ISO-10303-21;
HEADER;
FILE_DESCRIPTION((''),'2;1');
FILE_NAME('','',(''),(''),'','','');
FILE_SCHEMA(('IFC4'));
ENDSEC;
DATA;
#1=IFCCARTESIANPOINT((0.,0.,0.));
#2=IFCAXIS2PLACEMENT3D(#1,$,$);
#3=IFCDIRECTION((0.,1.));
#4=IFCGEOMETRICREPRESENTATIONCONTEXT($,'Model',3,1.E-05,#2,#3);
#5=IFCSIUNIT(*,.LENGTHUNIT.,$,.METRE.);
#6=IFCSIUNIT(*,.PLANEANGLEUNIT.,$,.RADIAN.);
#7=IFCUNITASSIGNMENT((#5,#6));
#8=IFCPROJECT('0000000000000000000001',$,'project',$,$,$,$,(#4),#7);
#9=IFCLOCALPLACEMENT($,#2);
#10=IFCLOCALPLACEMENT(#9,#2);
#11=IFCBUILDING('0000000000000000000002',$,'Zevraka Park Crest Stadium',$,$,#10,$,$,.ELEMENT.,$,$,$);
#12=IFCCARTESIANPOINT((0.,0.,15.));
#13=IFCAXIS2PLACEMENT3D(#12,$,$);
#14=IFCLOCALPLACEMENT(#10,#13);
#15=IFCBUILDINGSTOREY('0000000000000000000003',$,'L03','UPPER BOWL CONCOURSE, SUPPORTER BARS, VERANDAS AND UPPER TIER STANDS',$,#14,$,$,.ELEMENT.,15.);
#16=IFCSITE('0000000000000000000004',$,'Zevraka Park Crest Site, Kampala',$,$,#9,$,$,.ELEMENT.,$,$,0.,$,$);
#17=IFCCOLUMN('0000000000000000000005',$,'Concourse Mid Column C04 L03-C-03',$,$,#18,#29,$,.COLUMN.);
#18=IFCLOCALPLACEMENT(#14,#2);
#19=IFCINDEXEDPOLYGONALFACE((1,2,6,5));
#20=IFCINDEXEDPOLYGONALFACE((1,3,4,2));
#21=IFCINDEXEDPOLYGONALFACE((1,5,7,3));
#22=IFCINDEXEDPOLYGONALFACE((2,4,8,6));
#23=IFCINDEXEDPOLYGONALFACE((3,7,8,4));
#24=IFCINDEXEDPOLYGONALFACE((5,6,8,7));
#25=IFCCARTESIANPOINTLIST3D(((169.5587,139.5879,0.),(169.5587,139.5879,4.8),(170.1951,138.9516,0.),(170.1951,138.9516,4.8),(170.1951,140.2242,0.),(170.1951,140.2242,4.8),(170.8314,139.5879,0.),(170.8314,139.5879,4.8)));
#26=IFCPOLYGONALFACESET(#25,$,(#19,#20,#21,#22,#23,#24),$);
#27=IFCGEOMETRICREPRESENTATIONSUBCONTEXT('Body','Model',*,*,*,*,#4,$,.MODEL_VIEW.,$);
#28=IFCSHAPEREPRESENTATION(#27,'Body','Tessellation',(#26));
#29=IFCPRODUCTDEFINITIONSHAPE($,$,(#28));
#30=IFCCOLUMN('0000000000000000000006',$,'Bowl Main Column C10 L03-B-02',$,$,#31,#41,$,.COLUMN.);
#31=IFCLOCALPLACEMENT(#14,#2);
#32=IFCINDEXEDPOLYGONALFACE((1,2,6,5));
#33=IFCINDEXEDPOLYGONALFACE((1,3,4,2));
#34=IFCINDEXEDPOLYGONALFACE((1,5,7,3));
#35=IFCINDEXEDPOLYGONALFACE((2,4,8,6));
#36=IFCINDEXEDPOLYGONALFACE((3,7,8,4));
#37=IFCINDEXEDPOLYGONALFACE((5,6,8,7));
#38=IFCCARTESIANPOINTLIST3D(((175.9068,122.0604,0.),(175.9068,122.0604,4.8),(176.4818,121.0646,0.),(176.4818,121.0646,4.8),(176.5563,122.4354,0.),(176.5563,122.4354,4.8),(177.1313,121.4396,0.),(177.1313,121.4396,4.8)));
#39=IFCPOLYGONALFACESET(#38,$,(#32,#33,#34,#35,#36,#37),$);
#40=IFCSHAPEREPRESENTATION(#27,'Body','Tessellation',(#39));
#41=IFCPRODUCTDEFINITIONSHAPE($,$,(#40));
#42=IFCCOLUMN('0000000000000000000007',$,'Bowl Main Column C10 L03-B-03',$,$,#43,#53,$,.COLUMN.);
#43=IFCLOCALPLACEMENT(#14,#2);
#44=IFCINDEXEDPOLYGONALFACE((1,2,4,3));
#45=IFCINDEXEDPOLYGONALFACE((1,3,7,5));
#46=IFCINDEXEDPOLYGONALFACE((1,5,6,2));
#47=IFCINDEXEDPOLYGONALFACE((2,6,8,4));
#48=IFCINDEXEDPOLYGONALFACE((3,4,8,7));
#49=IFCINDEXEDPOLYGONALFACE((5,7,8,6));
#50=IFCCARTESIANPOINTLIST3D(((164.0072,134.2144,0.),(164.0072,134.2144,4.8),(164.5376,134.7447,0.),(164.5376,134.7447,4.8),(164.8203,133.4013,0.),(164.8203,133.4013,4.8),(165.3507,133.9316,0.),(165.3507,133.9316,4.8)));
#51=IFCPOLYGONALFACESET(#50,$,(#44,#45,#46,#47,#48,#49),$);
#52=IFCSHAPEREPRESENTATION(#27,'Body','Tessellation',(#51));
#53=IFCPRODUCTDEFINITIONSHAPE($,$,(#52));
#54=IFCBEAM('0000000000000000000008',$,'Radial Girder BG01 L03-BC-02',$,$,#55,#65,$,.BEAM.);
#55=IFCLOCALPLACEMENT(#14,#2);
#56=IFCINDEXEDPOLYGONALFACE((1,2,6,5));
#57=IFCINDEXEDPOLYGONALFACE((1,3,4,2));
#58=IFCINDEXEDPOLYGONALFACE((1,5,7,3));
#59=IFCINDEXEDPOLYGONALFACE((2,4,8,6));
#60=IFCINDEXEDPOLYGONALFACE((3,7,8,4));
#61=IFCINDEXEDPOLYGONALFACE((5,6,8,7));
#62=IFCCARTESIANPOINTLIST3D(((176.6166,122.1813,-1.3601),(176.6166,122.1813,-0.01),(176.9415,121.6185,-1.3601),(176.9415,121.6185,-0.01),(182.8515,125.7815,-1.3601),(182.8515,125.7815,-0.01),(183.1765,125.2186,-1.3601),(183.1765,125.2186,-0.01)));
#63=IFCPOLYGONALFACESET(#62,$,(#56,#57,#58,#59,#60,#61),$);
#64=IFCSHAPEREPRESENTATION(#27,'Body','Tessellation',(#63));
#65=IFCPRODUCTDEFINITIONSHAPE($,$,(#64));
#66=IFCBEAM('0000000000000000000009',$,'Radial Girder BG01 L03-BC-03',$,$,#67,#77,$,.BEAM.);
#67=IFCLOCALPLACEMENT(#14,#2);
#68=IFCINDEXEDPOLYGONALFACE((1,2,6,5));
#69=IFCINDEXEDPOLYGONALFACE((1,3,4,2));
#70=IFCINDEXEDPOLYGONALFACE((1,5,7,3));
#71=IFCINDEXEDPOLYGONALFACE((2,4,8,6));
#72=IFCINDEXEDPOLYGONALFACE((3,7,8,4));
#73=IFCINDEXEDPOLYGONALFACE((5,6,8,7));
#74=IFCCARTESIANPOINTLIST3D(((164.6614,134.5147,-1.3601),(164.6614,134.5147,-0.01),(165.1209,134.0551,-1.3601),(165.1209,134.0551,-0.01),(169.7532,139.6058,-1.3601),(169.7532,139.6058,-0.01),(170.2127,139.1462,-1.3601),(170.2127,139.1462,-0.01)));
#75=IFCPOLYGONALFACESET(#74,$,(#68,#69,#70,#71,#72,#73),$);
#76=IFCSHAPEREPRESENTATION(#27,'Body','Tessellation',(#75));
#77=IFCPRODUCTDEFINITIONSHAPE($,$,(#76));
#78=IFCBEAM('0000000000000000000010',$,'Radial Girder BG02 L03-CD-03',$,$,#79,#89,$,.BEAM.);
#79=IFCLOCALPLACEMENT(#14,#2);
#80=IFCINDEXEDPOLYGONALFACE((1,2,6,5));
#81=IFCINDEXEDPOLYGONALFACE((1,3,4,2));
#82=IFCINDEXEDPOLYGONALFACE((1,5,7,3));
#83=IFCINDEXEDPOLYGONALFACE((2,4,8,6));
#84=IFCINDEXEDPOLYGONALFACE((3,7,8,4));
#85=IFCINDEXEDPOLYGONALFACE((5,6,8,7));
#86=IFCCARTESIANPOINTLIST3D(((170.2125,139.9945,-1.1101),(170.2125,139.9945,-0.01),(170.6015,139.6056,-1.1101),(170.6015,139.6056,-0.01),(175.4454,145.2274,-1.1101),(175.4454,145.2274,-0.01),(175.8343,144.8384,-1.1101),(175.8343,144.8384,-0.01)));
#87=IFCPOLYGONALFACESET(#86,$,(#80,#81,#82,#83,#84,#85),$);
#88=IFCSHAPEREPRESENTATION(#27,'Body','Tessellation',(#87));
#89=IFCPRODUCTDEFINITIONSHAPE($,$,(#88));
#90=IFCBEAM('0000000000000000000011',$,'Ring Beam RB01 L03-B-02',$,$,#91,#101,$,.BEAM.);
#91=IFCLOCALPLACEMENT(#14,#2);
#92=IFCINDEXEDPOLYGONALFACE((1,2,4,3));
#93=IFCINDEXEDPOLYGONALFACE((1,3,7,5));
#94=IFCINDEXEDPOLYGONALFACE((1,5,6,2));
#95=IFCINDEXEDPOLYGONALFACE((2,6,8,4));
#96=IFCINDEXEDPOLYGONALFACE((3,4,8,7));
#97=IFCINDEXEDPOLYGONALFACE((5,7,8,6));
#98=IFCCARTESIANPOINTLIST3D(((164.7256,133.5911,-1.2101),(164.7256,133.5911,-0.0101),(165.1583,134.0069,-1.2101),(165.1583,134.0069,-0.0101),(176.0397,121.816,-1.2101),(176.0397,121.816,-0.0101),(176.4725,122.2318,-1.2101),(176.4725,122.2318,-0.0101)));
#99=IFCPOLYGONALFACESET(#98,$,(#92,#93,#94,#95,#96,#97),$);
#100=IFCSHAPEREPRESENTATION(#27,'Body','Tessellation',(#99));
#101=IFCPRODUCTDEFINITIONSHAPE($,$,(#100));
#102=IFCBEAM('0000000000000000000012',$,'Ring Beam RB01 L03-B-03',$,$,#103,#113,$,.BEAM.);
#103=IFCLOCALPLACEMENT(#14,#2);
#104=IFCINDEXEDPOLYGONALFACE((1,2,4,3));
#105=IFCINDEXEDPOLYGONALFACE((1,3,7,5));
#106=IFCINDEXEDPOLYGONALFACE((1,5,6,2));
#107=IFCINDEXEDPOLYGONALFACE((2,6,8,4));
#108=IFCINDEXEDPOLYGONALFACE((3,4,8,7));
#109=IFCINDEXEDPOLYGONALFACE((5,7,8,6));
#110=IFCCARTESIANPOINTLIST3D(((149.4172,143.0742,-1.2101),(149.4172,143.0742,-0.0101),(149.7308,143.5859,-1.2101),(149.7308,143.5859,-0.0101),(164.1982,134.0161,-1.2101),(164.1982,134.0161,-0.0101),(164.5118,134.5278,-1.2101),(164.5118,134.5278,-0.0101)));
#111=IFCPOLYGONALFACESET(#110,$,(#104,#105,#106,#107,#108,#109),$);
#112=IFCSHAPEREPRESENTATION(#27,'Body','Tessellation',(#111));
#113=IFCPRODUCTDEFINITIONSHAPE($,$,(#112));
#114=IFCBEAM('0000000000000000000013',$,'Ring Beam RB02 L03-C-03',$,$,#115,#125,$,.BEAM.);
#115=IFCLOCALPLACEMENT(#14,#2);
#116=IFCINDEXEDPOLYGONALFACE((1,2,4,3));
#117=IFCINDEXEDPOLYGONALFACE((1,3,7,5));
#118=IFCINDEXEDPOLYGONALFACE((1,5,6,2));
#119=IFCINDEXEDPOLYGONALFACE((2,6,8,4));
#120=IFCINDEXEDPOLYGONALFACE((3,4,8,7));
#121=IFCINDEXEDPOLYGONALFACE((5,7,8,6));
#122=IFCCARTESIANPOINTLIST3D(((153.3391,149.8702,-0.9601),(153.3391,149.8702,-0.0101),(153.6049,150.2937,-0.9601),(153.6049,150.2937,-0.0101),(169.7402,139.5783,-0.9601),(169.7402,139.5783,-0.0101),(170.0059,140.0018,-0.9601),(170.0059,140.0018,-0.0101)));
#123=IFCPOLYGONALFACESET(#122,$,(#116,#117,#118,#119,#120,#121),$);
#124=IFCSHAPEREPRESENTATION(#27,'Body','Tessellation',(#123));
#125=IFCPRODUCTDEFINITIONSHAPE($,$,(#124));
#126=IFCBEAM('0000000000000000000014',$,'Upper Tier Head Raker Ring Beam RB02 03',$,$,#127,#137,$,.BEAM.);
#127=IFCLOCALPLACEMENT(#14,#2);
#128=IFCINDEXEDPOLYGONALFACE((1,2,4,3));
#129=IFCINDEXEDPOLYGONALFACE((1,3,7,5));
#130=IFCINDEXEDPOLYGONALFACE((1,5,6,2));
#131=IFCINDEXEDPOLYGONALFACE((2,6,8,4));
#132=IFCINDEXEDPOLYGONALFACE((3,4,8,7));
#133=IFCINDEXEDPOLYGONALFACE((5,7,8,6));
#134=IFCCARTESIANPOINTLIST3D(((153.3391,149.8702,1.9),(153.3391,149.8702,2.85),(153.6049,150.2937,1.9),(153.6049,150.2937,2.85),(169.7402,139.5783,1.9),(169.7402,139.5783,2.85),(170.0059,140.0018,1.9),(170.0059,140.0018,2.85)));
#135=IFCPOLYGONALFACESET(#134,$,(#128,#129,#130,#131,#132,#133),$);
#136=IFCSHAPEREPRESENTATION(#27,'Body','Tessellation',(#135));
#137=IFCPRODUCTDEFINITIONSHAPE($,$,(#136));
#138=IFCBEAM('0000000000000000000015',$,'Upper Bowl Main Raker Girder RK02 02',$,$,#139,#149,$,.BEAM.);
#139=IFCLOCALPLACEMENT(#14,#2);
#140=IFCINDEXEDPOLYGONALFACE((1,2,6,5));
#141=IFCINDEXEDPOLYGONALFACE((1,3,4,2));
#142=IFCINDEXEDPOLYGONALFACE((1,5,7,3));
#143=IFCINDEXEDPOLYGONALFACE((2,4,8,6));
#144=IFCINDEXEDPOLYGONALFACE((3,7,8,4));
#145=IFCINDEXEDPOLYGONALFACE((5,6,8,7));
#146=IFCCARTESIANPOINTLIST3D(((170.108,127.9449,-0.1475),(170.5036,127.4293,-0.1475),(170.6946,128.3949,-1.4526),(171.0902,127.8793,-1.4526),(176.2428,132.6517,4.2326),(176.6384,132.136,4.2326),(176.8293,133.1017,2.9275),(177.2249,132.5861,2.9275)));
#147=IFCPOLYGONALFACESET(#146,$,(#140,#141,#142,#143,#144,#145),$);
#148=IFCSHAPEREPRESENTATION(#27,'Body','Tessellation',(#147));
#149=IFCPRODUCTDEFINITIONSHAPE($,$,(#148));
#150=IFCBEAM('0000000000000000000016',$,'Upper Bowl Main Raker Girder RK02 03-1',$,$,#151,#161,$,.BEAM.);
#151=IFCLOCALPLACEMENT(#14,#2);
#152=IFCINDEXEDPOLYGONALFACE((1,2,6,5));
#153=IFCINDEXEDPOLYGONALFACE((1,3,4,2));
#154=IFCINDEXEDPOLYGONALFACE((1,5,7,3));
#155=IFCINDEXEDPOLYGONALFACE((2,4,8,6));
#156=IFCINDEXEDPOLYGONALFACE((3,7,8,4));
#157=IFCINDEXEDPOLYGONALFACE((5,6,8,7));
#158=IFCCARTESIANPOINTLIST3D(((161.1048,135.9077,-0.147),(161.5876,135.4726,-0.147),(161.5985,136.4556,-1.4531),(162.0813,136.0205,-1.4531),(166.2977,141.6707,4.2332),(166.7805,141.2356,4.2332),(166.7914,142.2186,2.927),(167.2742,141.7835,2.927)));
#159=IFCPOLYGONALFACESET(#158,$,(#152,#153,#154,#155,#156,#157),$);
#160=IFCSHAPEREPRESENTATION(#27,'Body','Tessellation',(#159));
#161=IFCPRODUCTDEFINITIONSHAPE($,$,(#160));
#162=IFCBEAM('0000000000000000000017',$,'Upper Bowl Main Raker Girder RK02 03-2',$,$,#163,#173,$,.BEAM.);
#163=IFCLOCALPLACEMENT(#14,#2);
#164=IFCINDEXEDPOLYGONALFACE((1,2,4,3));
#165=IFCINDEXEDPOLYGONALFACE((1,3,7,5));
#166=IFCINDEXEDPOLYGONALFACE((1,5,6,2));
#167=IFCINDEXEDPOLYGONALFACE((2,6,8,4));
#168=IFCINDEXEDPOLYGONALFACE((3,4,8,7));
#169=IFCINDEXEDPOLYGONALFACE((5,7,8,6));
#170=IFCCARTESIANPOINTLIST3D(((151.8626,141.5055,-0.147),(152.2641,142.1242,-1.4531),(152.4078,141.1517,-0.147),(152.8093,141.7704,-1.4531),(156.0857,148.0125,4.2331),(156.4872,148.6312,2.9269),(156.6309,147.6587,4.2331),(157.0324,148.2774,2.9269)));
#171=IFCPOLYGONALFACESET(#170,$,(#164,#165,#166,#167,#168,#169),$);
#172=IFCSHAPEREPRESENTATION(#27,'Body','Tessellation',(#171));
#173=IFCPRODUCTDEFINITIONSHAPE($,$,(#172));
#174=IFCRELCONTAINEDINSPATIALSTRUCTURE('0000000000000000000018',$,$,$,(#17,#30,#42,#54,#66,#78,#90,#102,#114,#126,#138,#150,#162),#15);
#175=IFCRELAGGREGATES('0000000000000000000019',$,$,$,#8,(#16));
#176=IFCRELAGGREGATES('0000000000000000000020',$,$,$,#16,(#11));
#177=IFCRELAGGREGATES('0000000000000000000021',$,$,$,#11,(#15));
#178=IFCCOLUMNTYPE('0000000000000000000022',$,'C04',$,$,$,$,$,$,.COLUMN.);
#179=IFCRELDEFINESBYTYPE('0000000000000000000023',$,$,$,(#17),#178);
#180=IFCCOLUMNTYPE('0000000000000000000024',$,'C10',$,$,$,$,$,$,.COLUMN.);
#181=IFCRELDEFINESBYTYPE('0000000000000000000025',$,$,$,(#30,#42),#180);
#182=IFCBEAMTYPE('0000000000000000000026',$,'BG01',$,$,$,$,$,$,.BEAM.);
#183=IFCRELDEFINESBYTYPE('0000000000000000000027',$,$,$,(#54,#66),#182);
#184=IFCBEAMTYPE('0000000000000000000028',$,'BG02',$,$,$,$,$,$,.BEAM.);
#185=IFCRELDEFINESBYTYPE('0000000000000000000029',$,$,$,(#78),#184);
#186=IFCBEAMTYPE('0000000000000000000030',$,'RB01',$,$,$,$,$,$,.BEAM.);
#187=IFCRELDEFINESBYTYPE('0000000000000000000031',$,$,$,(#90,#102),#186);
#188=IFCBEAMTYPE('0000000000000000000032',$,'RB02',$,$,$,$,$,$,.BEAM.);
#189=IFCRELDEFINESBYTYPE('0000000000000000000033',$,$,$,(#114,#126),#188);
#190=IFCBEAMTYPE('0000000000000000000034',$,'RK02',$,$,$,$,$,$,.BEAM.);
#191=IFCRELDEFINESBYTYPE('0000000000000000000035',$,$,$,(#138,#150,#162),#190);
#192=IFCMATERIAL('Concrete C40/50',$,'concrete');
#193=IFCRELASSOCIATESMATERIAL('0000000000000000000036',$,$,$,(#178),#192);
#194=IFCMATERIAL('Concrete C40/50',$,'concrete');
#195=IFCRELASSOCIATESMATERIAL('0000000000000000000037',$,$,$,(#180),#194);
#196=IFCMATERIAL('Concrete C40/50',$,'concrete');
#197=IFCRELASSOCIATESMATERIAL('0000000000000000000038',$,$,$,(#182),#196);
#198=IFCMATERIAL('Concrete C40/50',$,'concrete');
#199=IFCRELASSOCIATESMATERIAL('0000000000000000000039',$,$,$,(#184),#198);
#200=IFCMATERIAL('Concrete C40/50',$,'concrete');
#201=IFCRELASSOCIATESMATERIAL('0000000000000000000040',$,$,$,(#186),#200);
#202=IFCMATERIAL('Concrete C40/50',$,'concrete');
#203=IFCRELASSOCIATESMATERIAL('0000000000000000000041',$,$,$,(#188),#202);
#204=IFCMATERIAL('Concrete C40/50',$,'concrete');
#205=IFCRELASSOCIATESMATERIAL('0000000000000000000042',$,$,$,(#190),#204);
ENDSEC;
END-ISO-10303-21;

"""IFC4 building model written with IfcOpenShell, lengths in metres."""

from ifc_helpers import new_model, si_unit, direction, frame, origin, origin_2d, place, context, subcontext, project, spatial, rectangle, extrude, material, material_profile, profile_set, type_object, element, save


model = new_model("IFC4")

# Units and contexts
model_context = context("Model", 3, precision=1e-05, world=origin(), true_north=direction((0.0, 1.0)))
body_context = subcontext(model_context, "Body", "Model", "MODEL_VIEW")
ifc_project = project(units=[si_unit("LENGTHUNIT", "METRE"), si_unit("PLANEANGLEUNIT", "RADIAN")], contexts=[model_context])

# Site, building, storey
site_placement = place(None, origin())
site = spatial("IfcSite", under=ifc_project, at=site_placement, Name="Zevraka Park Crest Site, Kampala", CompositionType="ELEMENT", RefElevation=0.0)
building_placement = place(site_placement, origin())
building = spatial("IfcBuilding", under=site, at=building_placement, Name="Zevraka Park Crest Stadium", CompositionType="ELEMENT")
storey_placement = place(building_placement, frame((0.0, 0.0, 15.0)))
storey = spatial("IfcBuildingStorey", under=building, at=storey_placement, Name="L03", Description="UPPER BOWL CONCOURSE, SUPPORTER BARS, VERANDAS AND UPPER TIER STANDS", CompositionType="ELEMENT", Elevation=15.0)

# Columns
ifc_material_1 = material(Name="Concrete C40/50", Category="concrete")
ifc_material_profile_1 = material_profile(ifc_material_1, rectangle(XDim=0.8999, YDim=0.8999, at=origin_2d()), Name="RC 900x900")
ifc_profile_set_1 = profile_set([ifc_material_profile_1], Name="Concrete C40/50")
column_type_1 = type_object("IfcColumnType", Name="C04", PredefinedType="COLUMN", material=ifc_profile_set_1)
column_placement = place(storey_placement, frame((170.1951, 139.5879, 0.0), z_axis=(0.0, 0.0, 1.0), x_axis=(0.707107, 0.707107, 0.0)))
element("IfcColumn", 1, at=column_placement, inside=storey, type_object=column_type_1, Name="Concourse Mid Column C04 L03-C-03", PredefinedType="COLUMN", context=body_context, shape_type="SweptSolid", body=[
    extrude(rectangle(XDim=0.8999, YDim=0.8999, at=origin_2d()), origin(), (0.0, 0.0, 1.0), 4.8),
])
ifc_material_2 = material(Name="Concrete C40/50", Category="concrete")
ifc_material_profile_2 = material_profile(ifc_material_2, rectangle(XDim=0.75, YDim=1.1499, at=origin_2d()), Name="RC 1150x750")
ifc_profile_set_2 = profile_set([ifc_material_profile_2], Name="Concrete C40/50")
column_type_2 = type_object("IfcColumnType", Name="C10", PredefinedType="COLUMN", material=ifc_profile_set_2)
for number, where, z_axis, x_axis, name in (
    (2, (176.519, 121.75, 0.0), (0.0, 0.0, 1.0), (0.866025, 0.5, 0.0), "Bowl Main Column C10 L03-B-02"),
    (3, (164.679, 134.073, 0.0), (0.0, 0.0, 1.0), (0.707107, 0.707107, 0.0), "Bowl Main Column C10 L03-B-03"),
):
    element("IfcColumn", number, at=place(storey_placement, frame(where, z_axis=z_axis, x_axis=x_axis)), inside=storey, type_object=column_type_2, Name=name, PredefinedType="COLUMN", context=body_context, shape_type="SweptSolid", body=[
        extrude(rectangle(XDim=0.75, YDim=1.1499, at=origin_2d()), origin(), (0.0, 0.0, 1.0), 4.8),
    ])

# Beams
ifc_material_3 = material(Name="Concrete C40/50", Category="concrete")
ifc_material_profile_3 = material_profile(ifc_material_3, rectangle(XDim=0.6499, YDim=1.3501, at=origin_2d()), Name="RC 1350x650")
ifc_profile_set_3 = profile_set([ifc_material_profile_3], Name="Concrete C40/50")
beam_type_1 = type_object("IfcBeamType", Name="BG01", PredefinedType="BEAM", material=ifc_profile_set_3)
beam_1_placement = place(storey_placement, frame((176.7791, 121.8999, -0.6851), z_axis=(0.866001, 0.500041, 0.0), x_axis=(-0.500041, 0.866001, 0.0)))
element("IfcBeam", 4, at=beam_1_placement, inside=storey, type_object=beam_type_1, Name="Radial Girder BG01 L03-BC-02", PredefinedType="BEAM", context=body_context, shape_type="SweptSolid", body=[
    extrude(rectangle(XDim=0.6499, YDim=1.3501, at=origin_2d()), origin(), (0.0, 0.0, 1.0), 7.1997),
])
beam_2_placement = place(storey_placement, frame((164.8911, 134.2849, -0.6851), z_axis=(0.707158, 0.707056, 0.0), x_axis=(-0.707056, 0.707158, 0.0)))
element("IfcBeam", 5, at=beam_2_placement, inside=storey, type_object=beam_type_1, Name="Radial Girder BG01 L03-BC-03", PredefinedType="BEAM", context=body_context, shape_type="SweptSolid", body=[
    extrude(rectangle(XDim=0.6499, YDim=1.3501, at=origin_2d()), origin(), (0.0, 0.0, 1.0), 7.2004),
])
ifc_material_4 = material(Name="Concrete C40/50", Category="concrete")
ifc_material_profile_4 = material_profile(ifc_material_4, rectangle(XDim=0.55, YDim=1.1001, at=origin_2d()), Name="RC 1100x550")
ifc_profile_set_4 = profile_set([ifc_material_profile_4], Name="Concrete C40/50")
beam_type_2 = type_object("IfcBeamType", Name="BG02", PredefinedType="BEAM", material=ifc_profile_set_4)
beam_3_placement = place(storey_placement, frame((170.407, 139.8, -0.5601), z_axis=(0.707107, 0.707107, 0.0), x_axis=(-0.707107, 0.707107, 0.0)))
element("IfcBeam", 6, at=beam_3_placement, inside=storey, type_object=beam_type_2, Name="Radial Girder BG02 L03-CD-03", PredefinedType="BEAM", context=body_context, shape_type="SweptSolid", body=[
    extrude(rectangle(XDim=0.55, YDim=1.1001, at=origin_2d()), origin(), (0.0, 0.0, 1.0), 7.4004),
])
ifc_material_5 = material(Name="Concrete C40/50", Category="concrete")
ifc_material_profile_5 = material_profile(ifc_material_5, rectangle(XDim=0.6001, YDim=1.2, at=origin_2d()), Name="RC 1200x600")
ifc_profile_set_5 = profile_set([ifc_material_profile_5], Name="Concrete C40/50")
beam_type_3 = type_object("IfcBeamType", Name="RB01", PredefinedType="BEAM", material=ifc_profile_set_5)
beam_4_placement = place(storey_placement, frame((176.2561, 122.0239, -0.6101), z_axis=(-0.692853, 0.721079, 0.0), x_axis=(-0.721079, -0.692853, 0.0)))
element("IfcBeam", 7, at=beam_4_placement, inside=storey, type_object=beam_type_3, Name="Ring Beam RB01 L03-B-02", PredefinedType="BEAM", context=body_context, shape_type="SweptSolid", body=[
    extrude(rectangle(XDim=0.6001, YDim=1.2, at=origin_2d()), origin(), (0.0, 0.0, 1.0), 16.3298),
])
beam_5_placement = place(storey_placement, frame((164.355, 134.272, -0.6101), z_axis=(-0.852633, 0.522511, 0.0), x_axis=(-0.522511, -0.852633, 0.0)))
element("IfcBeam", 8, at=beam_5_placement, inside=storey, type_object=beam_type_3, Name="Ring Beam RB01 L03-B-03", PredefinedType="BEAM", context=body_context, shape_type="SweptSolid", body=[
    extrude(rectangle(XDim=0.6001, YDim=1.2, at=origin_2d()), origin(), (0.0, 0.0, 1.0), 17.3357),
])
ifc_material_6 = material(Name="Concrete C40/50", Category="concrete")
ifc_material_profile_6 = material_profile(ifc_material_6, rectangle(XDim=0.5, YDim=0.95, at=origin_2d()), Name="RC 950x500")
ifc_profile_set_6 = profile_set([ifc_material_profile_6], Name="Concrete C40/50")
beam_type_4 = type_object("IfcBeamType", Name="RB02", PredefinedType="BEAM", material=ifc_profile_set_6)
for number, where, z_axis, x_axis, name in (
    (9, (169.873, 139.79, -0.4851), (-0.847039, 0.531532, 0.0), (-0.531532, -0.847039, 0.0), "Ring Beam RB02 L03-C-03"),
    (10, (169.873, 139.79, 2.375), (-0.847039, 0.531532, 0.0), (-0.531532, -0.847039, 0.0), "Upper Tier Head Raker Ring Beam RB02 03"),
):
    element("IfcBeam", number, at=place(storey_placement, frame(where, z_axis=z_axis, x_axis=x_axis)), inside=storey, type_object=beam_type_4, Name=name, PredefinedType="BEAM", context=body_context, shape_type="SweptSolid", body=[
        extrude(rectangle(XDim=0.5, YDim=0.95, at=origin_2d()), origin(), (0.0, 0.0, 1.0), 19.3628),
    ])
ifc_material_7 = material(Name="Concrete C40/50", Category="concrete")
ifc_material_profile_7 = material_profile(ifc_material_7, rectangle(XDim=0.6499, YDim=1.5, at=origin_2d()), Name="RC 1500x650")
ifc_profile_set_7 = profile_set([ifc_material_profile_7], Name="Concrete C40/50")
beam_type_5 = type_object("IfcBeamType", Name="RK02", PredefinedType="BEAM", material=ifc_profile_set_7)
beam_6_placement = place(storey_placement, frame((170.5991, 127.9121, -0.8), z_axis=(0.690326, 0.52964, 0.492882), x_axis=(-0.608714, 0.79339, 0.0)))
element("IfcBeam", 11, at=beam_6_placement, inside=storey, type_object=beam_type_5, Name="Upper Bowl Main Raker Girder RK02 02", PredefinedType="BEAM", context=body_context, shape_type="SweptSolid", body=[
    extrude(rectangle(XDim=0.6499, YDim=1.5, at=origin_2d()), origin(), (0.0, 0.0, 1.0), 8.8867),
])
beam_7_placement = place(storey_placement, frame((161.593, 135.9641, -0.8), z_axis=(0.582906, 0.646897, 0.491675), x_axis=(-0.742895, 0.669408, 0.0)))
element("IfcBeam", 12, at=beam_7_placement, inside=storey, type_object=beam_type_5, Name="Upper Bowl Main Raker Girder RK02 03-1", PredefinedType="BEAM", context=body_context, shape_type="SweptSolid", body=[
    extrude(rectangle(XDim=0.6499, YDim=1.5, at=origin_2d()), origin(), (0.0, 0.0, 1.0), 8.9087),
])
beam_8_placement = place(storey_placement, frame((152.3359, 141.6379, -0.8), z_axis=(0.474054, 0.73043, 0.491676), x_axis=(-0.838824, 0.544403, 0.0)))
element("IfcBeam", 13, at=beam_8_placement, inside=storey, type_object=beam_type_5, Name="Upper Bowl Main Raker Girder RK02 03-2", PredefinedType="BEAM", context=body_context, shape_type="SweptSolid", body=[
    extrude(rectangle(XDim=0.6499, YDim=1.5, at=origin_2d()), origin(), (0.0, 0.0, 1.0), 8.9084),
])

save(model, "model.ifc")
